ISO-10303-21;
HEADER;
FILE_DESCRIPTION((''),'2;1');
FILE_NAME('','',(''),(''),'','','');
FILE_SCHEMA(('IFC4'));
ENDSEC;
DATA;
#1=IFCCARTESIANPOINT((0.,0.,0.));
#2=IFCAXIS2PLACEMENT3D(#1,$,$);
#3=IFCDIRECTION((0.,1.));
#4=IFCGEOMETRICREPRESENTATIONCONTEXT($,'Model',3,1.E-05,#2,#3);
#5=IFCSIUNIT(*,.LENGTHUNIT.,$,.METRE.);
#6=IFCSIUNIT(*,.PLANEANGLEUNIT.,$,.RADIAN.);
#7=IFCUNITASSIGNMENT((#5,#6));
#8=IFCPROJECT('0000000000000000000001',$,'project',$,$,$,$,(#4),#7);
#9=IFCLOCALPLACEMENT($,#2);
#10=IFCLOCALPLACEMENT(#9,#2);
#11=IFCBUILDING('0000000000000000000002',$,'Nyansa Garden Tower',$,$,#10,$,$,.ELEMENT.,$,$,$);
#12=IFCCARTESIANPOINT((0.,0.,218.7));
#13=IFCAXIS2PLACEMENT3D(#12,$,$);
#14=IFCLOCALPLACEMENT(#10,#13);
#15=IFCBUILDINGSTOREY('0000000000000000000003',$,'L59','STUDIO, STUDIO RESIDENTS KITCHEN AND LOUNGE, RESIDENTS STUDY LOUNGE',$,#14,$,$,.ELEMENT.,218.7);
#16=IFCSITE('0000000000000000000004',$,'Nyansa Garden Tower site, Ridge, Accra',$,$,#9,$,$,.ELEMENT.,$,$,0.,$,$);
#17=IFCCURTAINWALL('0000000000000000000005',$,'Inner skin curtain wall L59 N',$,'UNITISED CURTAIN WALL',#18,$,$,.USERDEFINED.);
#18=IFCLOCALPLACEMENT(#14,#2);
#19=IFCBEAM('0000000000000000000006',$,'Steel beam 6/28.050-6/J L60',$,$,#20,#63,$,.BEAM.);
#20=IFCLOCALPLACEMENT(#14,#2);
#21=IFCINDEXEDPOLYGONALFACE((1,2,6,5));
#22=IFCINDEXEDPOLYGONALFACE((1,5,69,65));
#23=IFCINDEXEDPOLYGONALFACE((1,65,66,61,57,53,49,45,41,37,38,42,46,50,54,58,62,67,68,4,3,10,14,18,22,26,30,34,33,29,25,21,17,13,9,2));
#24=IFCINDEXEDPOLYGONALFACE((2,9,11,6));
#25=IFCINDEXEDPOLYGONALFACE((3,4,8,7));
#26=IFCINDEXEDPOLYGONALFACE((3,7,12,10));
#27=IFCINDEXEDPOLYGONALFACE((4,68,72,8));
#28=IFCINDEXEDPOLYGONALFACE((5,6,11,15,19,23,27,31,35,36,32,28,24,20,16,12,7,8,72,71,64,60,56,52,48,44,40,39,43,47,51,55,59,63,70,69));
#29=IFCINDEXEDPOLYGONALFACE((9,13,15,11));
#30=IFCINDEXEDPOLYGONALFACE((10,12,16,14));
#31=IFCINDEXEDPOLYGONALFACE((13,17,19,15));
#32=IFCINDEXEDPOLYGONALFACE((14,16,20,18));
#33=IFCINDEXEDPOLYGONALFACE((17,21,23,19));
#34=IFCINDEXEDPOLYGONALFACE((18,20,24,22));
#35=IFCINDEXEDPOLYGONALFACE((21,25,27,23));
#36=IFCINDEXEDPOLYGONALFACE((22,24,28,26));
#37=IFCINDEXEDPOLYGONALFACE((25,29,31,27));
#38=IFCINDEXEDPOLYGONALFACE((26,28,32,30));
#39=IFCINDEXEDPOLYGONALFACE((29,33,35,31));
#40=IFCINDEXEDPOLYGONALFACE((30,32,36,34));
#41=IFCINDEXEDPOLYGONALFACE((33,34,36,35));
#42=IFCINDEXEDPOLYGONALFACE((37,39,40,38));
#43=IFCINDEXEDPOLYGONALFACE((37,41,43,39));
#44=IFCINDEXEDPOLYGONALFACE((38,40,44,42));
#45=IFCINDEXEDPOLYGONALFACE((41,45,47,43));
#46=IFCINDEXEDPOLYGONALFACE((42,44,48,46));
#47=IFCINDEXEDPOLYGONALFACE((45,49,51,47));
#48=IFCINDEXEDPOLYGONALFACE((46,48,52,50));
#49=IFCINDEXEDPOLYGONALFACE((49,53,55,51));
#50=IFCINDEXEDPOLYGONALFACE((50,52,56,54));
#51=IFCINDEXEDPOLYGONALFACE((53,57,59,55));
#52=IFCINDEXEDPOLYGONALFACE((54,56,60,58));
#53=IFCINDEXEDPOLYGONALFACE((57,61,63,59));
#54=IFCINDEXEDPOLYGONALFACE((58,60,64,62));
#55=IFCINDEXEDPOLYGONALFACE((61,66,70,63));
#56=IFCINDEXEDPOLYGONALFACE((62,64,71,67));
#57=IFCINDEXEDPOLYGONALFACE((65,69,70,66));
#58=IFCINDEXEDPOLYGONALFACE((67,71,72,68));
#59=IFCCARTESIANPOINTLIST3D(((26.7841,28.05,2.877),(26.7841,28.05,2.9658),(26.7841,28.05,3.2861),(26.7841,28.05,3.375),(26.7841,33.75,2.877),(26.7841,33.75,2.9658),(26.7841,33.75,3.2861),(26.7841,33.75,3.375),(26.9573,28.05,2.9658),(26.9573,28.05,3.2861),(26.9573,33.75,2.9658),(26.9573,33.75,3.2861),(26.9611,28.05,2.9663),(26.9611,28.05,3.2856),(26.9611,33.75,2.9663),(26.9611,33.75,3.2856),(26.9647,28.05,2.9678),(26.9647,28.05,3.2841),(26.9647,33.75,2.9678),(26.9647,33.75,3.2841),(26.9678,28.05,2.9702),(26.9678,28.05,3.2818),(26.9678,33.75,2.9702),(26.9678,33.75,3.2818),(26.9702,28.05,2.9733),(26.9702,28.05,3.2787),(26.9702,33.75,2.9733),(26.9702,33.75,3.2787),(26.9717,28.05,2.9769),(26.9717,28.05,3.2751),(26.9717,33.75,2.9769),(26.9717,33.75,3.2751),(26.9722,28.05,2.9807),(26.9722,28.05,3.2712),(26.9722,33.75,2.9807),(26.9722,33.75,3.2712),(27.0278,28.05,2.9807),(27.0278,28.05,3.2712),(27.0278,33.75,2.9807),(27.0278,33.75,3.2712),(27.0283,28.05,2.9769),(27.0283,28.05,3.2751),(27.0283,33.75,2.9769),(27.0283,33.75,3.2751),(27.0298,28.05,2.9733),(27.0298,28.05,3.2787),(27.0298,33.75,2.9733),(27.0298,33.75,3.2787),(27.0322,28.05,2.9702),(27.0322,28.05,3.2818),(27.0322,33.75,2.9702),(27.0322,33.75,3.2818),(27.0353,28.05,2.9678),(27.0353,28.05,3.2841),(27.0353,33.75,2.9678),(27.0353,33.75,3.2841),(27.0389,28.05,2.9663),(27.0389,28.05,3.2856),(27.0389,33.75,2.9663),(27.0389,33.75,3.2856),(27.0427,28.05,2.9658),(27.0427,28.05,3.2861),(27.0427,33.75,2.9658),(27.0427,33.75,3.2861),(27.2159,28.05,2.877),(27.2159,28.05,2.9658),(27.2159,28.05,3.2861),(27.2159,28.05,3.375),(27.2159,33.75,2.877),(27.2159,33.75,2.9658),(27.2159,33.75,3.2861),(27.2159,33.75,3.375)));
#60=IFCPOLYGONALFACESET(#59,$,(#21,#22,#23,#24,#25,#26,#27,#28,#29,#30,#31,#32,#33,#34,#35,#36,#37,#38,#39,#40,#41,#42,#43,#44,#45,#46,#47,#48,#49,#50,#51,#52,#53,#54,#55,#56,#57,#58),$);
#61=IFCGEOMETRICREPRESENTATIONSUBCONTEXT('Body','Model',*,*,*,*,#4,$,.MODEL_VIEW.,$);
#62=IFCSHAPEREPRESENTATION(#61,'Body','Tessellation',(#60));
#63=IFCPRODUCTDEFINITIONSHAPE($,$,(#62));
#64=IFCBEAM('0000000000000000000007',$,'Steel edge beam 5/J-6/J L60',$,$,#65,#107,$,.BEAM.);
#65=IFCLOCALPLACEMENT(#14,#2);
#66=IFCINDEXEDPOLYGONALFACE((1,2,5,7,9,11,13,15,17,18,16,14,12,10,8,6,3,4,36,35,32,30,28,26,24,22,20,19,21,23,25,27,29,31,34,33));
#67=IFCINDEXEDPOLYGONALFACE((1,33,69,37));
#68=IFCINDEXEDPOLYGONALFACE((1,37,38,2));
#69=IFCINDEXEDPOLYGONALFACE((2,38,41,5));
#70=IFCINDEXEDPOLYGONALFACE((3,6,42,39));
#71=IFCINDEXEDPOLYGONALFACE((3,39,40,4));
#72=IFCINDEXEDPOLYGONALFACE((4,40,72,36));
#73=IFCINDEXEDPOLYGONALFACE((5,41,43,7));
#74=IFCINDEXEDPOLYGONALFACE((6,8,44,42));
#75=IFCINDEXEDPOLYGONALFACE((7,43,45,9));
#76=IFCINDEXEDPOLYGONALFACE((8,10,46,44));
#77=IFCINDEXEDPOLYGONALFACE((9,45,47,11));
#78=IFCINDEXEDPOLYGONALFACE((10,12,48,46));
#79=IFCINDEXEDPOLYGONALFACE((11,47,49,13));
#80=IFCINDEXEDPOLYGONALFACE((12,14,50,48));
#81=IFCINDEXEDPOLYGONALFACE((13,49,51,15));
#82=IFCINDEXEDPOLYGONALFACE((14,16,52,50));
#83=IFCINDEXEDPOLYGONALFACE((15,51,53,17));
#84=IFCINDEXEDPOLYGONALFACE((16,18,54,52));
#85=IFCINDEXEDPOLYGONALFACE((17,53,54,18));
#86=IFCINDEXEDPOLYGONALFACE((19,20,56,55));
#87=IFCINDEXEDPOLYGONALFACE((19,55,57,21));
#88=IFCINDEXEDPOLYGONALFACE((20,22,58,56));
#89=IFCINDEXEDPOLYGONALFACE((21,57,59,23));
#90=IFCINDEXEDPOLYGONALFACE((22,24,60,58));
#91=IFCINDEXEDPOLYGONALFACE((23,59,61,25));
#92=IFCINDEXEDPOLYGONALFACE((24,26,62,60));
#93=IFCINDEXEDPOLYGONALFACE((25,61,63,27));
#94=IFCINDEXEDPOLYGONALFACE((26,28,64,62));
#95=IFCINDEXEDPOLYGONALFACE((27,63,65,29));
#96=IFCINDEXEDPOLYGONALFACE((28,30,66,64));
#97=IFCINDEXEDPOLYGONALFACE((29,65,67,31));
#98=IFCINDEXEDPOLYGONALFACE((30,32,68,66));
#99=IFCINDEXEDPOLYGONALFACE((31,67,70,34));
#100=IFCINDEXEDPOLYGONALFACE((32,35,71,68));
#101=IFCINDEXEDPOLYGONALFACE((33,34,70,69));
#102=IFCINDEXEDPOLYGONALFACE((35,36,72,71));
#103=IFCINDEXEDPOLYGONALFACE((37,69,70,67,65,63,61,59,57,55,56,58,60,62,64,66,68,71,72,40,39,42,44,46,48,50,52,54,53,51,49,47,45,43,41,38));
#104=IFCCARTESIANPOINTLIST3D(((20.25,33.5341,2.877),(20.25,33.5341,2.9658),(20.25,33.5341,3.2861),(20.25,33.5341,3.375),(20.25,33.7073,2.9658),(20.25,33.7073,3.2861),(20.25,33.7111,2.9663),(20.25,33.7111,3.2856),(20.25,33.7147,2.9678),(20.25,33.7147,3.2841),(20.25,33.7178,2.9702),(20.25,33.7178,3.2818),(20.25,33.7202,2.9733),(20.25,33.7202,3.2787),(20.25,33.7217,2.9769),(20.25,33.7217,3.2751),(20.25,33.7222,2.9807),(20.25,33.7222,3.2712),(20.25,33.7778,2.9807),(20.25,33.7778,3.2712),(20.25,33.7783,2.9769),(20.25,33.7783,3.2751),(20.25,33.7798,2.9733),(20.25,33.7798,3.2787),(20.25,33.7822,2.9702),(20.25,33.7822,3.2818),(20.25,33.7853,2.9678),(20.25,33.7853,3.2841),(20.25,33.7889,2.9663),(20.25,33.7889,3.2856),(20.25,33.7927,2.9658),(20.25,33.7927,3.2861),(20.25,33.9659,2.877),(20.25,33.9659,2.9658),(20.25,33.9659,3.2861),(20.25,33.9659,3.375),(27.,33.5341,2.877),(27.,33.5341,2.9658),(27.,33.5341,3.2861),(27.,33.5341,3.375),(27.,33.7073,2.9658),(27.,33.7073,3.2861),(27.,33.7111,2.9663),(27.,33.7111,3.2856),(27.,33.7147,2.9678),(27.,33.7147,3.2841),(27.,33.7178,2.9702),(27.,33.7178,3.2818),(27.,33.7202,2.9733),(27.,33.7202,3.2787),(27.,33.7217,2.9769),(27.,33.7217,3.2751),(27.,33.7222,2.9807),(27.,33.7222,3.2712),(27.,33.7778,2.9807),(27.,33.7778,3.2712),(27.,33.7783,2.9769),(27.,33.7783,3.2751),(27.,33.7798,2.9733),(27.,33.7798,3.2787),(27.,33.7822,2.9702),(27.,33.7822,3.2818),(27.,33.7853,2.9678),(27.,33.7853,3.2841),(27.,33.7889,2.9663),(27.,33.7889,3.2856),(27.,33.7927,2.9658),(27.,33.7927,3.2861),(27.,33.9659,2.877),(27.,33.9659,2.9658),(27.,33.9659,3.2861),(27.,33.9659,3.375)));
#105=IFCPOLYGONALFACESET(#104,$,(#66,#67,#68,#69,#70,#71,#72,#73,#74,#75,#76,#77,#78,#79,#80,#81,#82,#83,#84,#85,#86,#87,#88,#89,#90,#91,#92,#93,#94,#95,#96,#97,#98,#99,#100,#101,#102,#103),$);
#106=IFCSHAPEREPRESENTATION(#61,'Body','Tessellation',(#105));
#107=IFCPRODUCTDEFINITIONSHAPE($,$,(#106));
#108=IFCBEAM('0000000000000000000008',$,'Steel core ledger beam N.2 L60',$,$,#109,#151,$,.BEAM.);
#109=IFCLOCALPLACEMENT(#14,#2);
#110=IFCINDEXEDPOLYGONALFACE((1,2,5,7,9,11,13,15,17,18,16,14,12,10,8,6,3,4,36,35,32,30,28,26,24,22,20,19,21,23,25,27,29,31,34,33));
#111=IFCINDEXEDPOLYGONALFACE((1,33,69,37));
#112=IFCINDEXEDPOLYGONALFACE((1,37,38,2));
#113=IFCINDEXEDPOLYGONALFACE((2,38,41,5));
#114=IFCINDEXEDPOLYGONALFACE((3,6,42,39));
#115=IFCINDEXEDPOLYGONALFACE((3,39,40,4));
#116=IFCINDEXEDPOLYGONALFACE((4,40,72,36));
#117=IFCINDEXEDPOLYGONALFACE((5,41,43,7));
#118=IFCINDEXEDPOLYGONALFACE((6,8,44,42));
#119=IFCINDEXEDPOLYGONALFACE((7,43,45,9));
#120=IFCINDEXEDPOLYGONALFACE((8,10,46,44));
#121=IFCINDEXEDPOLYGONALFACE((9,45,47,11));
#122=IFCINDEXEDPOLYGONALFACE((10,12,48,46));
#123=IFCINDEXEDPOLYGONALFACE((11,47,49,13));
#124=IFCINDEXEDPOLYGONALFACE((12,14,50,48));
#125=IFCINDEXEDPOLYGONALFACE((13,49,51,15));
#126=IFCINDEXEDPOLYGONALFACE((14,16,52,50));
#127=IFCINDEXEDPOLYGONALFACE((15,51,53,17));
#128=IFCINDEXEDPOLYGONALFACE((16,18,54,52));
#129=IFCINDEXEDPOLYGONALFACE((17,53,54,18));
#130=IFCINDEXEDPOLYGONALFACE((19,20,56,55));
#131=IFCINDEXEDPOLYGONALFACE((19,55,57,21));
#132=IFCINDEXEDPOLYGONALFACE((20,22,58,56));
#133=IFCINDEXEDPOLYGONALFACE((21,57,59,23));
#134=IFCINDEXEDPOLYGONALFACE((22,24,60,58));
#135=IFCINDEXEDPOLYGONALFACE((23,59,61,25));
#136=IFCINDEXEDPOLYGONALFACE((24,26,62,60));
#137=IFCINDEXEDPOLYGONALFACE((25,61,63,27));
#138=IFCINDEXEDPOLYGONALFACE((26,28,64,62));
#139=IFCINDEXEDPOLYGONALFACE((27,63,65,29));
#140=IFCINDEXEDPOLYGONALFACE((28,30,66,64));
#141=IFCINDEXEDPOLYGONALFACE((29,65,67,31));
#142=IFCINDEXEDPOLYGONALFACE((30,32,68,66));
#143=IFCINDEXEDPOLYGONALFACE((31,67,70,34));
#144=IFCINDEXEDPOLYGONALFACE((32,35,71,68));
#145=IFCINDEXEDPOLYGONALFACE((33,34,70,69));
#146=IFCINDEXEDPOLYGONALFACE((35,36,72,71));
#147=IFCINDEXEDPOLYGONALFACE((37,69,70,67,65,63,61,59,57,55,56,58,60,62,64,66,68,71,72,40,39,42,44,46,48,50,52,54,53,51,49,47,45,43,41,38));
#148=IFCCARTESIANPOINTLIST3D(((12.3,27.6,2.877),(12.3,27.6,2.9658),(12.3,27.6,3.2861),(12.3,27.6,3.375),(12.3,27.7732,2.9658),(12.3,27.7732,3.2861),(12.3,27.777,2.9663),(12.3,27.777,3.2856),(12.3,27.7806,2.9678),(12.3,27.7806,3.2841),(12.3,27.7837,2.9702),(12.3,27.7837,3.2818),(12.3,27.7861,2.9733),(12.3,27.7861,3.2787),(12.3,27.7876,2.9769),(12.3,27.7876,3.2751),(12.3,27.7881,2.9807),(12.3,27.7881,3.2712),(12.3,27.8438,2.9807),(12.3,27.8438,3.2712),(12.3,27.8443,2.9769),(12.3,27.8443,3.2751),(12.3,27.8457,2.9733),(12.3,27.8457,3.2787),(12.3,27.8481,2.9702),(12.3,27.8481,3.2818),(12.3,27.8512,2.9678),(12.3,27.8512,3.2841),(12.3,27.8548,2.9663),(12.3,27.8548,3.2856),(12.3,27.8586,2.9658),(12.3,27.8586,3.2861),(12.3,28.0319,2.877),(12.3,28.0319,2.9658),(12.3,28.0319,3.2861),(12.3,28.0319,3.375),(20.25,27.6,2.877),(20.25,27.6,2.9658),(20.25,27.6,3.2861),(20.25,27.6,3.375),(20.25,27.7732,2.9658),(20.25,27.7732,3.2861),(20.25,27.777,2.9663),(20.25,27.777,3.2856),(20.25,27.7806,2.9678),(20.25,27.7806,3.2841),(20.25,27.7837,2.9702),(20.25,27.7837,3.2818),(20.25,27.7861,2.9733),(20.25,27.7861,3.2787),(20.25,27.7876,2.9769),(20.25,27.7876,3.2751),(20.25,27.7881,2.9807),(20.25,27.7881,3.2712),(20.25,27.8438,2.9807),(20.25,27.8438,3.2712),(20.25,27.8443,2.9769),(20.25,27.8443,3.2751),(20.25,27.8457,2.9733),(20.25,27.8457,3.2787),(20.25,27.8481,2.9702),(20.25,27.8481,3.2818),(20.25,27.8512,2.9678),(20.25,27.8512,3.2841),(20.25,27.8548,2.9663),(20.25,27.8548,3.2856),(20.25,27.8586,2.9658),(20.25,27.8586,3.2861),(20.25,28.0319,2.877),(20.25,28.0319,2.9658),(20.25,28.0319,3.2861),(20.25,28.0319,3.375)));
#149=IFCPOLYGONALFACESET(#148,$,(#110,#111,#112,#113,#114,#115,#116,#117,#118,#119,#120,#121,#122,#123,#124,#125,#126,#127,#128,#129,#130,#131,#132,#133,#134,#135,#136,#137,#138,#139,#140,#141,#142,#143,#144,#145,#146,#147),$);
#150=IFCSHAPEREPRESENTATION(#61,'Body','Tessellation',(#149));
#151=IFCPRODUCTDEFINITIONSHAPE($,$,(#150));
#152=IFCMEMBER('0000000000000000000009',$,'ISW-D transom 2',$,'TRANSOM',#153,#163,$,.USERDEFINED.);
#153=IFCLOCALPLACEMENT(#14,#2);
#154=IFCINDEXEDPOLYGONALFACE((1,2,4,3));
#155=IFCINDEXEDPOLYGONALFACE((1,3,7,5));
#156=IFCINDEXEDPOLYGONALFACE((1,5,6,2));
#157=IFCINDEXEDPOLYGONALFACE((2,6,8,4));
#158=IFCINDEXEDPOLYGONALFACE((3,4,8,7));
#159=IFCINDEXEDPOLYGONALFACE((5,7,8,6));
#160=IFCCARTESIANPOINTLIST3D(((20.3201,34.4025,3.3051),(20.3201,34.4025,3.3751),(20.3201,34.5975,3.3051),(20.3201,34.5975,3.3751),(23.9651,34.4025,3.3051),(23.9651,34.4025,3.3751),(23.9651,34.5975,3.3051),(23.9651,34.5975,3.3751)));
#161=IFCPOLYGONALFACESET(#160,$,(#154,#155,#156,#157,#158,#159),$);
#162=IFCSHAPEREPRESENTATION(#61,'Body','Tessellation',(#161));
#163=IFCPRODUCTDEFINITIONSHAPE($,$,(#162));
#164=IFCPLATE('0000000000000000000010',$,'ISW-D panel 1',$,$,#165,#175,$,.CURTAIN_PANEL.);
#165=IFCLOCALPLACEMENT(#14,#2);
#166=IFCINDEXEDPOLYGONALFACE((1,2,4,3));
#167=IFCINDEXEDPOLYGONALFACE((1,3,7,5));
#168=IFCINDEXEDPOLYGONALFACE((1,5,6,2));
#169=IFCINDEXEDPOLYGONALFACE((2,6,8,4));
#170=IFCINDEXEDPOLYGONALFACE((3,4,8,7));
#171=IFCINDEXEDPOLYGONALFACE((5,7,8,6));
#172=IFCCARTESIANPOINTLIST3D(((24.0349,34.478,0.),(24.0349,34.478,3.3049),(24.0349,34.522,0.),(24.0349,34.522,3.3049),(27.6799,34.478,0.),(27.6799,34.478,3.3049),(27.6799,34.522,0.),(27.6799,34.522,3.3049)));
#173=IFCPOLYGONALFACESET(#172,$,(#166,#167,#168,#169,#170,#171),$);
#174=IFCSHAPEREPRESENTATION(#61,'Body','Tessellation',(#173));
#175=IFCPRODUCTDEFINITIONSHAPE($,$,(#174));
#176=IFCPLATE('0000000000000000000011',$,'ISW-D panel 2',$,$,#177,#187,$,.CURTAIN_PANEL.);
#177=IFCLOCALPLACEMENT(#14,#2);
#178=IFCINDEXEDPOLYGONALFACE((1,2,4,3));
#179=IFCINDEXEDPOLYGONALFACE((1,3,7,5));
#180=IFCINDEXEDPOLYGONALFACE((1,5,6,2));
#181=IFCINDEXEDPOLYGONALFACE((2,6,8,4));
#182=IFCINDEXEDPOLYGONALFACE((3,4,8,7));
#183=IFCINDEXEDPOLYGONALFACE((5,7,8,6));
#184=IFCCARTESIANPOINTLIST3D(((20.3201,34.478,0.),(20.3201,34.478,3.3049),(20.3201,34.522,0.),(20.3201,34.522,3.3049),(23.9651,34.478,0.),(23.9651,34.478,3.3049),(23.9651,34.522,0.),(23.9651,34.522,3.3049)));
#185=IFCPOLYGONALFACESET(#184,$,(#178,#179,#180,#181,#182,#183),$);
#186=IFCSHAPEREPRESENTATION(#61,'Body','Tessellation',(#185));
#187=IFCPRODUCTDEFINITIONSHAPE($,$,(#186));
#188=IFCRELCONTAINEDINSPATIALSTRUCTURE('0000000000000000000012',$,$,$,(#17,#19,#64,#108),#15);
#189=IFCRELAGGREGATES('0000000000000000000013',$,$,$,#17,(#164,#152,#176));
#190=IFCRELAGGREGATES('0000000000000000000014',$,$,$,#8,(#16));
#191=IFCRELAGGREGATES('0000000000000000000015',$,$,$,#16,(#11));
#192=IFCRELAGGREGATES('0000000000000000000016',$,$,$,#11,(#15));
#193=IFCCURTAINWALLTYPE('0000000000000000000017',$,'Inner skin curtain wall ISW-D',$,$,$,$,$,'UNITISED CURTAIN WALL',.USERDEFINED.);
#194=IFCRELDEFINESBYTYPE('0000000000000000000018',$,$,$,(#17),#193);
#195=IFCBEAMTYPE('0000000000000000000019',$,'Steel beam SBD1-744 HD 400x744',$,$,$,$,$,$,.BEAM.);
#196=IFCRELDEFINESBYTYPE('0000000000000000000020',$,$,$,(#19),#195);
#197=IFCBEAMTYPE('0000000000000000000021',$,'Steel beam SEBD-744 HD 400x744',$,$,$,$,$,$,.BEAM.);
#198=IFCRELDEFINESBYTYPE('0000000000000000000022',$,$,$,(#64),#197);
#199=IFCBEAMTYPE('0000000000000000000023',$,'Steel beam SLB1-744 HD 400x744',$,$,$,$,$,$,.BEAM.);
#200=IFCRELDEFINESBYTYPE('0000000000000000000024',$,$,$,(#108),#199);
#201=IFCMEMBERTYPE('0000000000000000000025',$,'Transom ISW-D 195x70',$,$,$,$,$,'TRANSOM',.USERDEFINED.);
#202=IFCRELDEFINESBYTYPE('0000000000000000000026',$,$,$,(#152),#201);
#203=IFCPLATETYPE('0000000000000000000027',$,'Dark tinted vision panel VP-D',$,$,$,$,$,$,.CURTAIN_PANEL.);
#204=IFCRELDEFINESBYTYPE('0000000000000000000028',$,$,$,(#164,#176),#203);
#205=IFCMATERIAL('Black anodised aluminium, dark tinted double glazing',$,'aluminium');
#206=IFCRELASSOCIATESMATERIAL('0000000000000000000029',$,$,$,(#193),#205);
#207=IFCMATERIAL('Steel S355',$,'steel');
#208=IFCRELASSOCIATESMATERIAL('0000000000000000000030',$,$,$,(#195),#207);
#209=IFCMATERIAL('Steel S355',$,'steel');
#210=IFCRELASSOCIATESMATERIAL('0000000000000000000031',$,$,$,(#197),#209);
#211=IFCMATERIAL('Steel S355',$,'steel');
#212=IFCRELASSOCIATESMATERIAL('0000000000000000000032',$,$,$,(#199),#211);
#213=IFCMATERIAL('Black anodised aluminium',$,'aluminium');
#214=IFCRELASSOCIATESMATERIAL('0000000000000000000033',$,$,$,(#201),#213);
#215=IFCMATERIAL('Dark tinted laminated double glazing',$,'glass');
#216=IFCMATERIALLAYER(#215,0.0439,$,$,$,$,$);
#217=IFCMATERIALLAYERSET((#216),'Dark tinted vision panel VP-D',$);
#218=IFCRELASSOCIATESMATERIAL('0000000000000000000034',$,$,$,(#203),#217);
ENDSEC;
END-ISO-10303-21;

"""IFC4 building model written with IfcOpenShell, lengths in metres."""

from ifc_helpers import new_model, si_unit, direction, frame, origin, origin_2d, place, context, subcontext, project, spatial, rectangle, i_section, extrude, material, layer, layer_set, material_profile, profile_set, type_object, element, aggregate, save


model = new_model("IFC4")

# Units and contexts
model_context = context("Model", 3, precision=1e-05, world=origin(), true_north=direction((0.0, 1.0)))
body_context = subcontext(model_context, "Body", "Model", "MODEL_VIEW")
ifc_project = project(units=[si_unit("LENGTHUNIT", "METRE"), si_unit("PLANEANGLEUNIT", "RADIAN")], contexts=[model_context])

# Site, building, storey
site_placement = place(None, origin())
site = spatial("IfcSite", under=ifc_project, at=site_placement, Name="Nyansa Garden Tower site, Ridge, Accra", CompositionType="ELEMENT", RefElevation=0.0)
building_placement = place(site_placement, origin())
building = spatial("IfcBuilding", under=site, at=building_placement, Name="Nyansa Garden Tower", CompositionType="ELEMENT")
storey_placement = place(building_placement, frame((0.0, 0.0, 218.7)))
storey = spatial("IfcBuildingStorey", under=building, at=storey_placement, Name="L59", Description="STUDIO, STUDIO RESIDENTS KITCHEN AND LOUNGE, RESIDENTS STUDY LOUNGE", CompositionType="ELEMENT", Elevation=218.7)

# Curtain wall
ifc_material_1 = material(Name="Black anodised aluminium, dark tinted double glazing", Category="aluminium")
curtain_wall_type = type_object("IfcCurtainWallType", Name="Inner skin curtain wall ISW-D", ElementType="UNITISED CURTAIN WALL", PredefinedType="USERDEFINED", material=ifc_material_1)
curtain_wall_placement = place(storey_placement, origin())
curtain_wall = element("IfcCurtainWall", 1, at=curtain_wall_placement, inside=storey, type_object=curtain_wall_type, Name="Inner skin curtain wall L59 N", ObjectType="UNITISED CURTAIN WALL", PredefinedType="USERDEFINED")

# Beams
ifc_material_2 = material(Name="Steel S355", Category="steel")
ifc_material_profile_1 = material_profile(ifc_material_2, i_section(OverallWidth=0.4319, OverallDepth=0.498, WebThickness=0.0557, FlangeThickness=0.0889, FilletRadius=0.0149, at=origin_2d()), Name="HD 400x744")
ifc_profile_set_1 = profile_set([ifc_material_profile_1], Name="Steel S355")
beam_type_1 = type_object("IfcBeamType", Name="Steel beam SBD1-744 HD 400x744", PredefinedType="BEAM", material=ifc_profile_set_1)
for number, where, z_axis, x_axis, name in (
    (2, (27.0, 28.05, 3.126), (0.0, 1.0, 0.0), (-1.0, 0.0, 0.0), "Steel beam 6/28.050-6/J L60"),
):
    element("IfcBeam", number, at=place(storey_placement, frame(where, z_axis=z_axis, x_axis=x_axis)), inside=storey, type_object=beam_type_1, Name=name, PredefinedType="BEAM", context=body_context, shape_type="SweptSolid", body=[
        extrude(i_section(OverallWidth=0.4319, OverallDepth=0.498, WebThickness=0.0557, FlangeThickness=0.0889, FilletRadius=0.0149, at=origin_2d()), origin(), (0.0, 0.0, 1.0), 5.7),
    ])
ifc_material_3 = material(Name="Steel S355", Category="steel")
ifc_material_profile_2 = material_profile(ifc_material_3, i_section(OverallWidth=0.4319, OverallDepth=0.498, WebThickness=0.0557, FlangeThickness=0.0889, FilletRadius=0.0149, at=origin_2d()), Name="HD 400x744")
ifc_profile_set_2 = profile_set([ifc_material_profile_2], Name="Steel S355")
beam_type_2 = type_object("IfcBeamType", Name="Steel beam SEBD-744 HD 400x744", PredefinedType="BEAM", material=ifc_profile_set_2)
beam_1_placement = place(storey_placement, frame((20.25, 33.75, 3.126), z_axis=(1.0, 0.0, 0.0), x_axis=(0.0, 1.0, 0.0)))
element("IfcBeam", 3, at=beam_1_placement, inside=storey, type_object=beam_type_2, Name="Steel edge beam 5/J-6/J L60", PredefinedType="BEAM", context=body_context, shape_type="SweptSolid", body=[
    extrude(i_section(OverallWidth=0.4319, OverallDepth=0.498, WebThickness=0.0557, FlangeThickness=0.0889, FilletRadius=0.0149, at=origin_2d()), origin(), (0.0, 0.0, 1.0), 6.75),
])
ifc_material_4 = material(Name="Steel S355", Category="steel")
ifc_material_profile_3 = material_profile(ifc_material_4, i_section(OverallWidth=0.4319, OverallDepth=0.498, WebThickness=0.0557, FlangeThickness=0.0889, FilletRadius=0.0149, at=origin_2d()), Name="HD 400x744")
ifc_profile_set_3 = profile_set([ifc_material_profile_3], Name="Steel S355")
beam_type_3 = type_object("IfcBeamType", Name="Steel beam SLB1-744 HD 400x744", PredefinedType="BEAM", material=ifc_profile_set_3)
beam_2_placement = place(storey_placement, frame((20.25, 27.8159, 3.126), z_axis=(-1.0, 0.0, 0.0), x_axis=(0.0, -1.0, 0.0)))
element("IfcBeam", 4, at=beam_2_placement, inside=storey, type_object=beam_type_3, Name="Steel core ledger beam N.2 L60", PredefinedType="BEAM", context=body_context, shape_type="SweptSolid", body=[
    extrude(i_section(OverallWidth=0.4319, OverallDepth=0.498, WebThickness=0.0557, FlangeThickness=0.0889, FilletRadius=0.0149, at=origin_2d()), origin(), (0.0, 0.0, 1.0), 7.95),
])

# Member
ifc_material_5 = material(Name="Black anodised aluminium", Category="aluminium")
ifc_material_profile_4 = material_profile(ifc_material_5, rectangle(XDim=0.1951, YDim=0.0701, at=origin_2d()), Name="Transom 195x70")
ifc_profile_set_4 = profile_set([ifc_material_profile_4], Name="Black anodised aluminium")
member_type_1 = type_object("IfcMemberType", Name="Transom ISW-D 195x70", ElementType="TRANSOM", PredefinedType="USERDEFINED", material=ifc_profile_set_4)
member_1_placement = place(storey_placement, frame((23.9651, 34.5, 3.3401), z_axis=(-1.0, 0.0, 0.0), x_axis=(0.0, -1.0, 0.0)))
member_1 = element("IfcMember", 5, at=member_1_placement, type_object=member_type_1, Name="ISW-D transom 2", ObjectType="TRANSOM", PredefinedType="USERDEFINED", context=body_context, shape_type="SweptSolid", body=[
    extrude(rectangle(XDim=0.1951, YDim=0.0701, at=origin_2d()), origin(), (0.0, 0.0, 1.0), 3.645),
])

# Plates
ifc_material_6 = material(Name="Dark tinted laminated double glazing", Category="glass")
ifc_layer_1 = layer(ifc_material_6, 0.0439)
ifc_layer_set_1 = layer_set([ifc_layer_1], Name="Dark tinted vision panel VP-D")
plate_type = type_object("IfcPlateType", Name="Dark tinted vision panel VP-D", PredefinedType="CURTAIN_PANEL", material=ifc_layer_set_1)
plate_1_placement = place(storey_placement, frame((25.8574, 34.5, 0.0), z_axis=(0.0, 0.0, 1.0), x_axis=(-1.0, 0.0, 0.0)))
plate_1 = element("IfcPlate", 6, at=plate_1_placement, type_object=plate_type, Name="ISW-D panel 1", PredefinedType="CURTAIN_PANEL", context=body_context, shape_type="SweptSolid", body=[
    extrude(rectangle(XDim=3.645, YDim=0.0439, at=origin_2d()), origin(), (0.0, 0.0, 1.0), 3.3049),
])
plate_2_placement = place(storey_placement, frame((22.1426, 34.5, 0.0), z_axis=(0.0, 0.0, 1.0), x_axis=(-1.0, 0.0, 0.0)))
plate_2 = element("IfcPlate", 7, at=plate_2_placement, type_object=plate_type, Name="ISW-D panel 2", PredefinedType="CURTAIN_PANEL", context=body_context, shape_type="SweptSolid", body=[
    extrude(rectangle(XDim=3.645, YDim=0.0439, at=origin_2d()), origin(), (0.0, 0.0, 1.0), 3.3049),
])
aggregate(curtain_wall, [plate_1, member_1, plate_2])

save(model, "model.ifc")
